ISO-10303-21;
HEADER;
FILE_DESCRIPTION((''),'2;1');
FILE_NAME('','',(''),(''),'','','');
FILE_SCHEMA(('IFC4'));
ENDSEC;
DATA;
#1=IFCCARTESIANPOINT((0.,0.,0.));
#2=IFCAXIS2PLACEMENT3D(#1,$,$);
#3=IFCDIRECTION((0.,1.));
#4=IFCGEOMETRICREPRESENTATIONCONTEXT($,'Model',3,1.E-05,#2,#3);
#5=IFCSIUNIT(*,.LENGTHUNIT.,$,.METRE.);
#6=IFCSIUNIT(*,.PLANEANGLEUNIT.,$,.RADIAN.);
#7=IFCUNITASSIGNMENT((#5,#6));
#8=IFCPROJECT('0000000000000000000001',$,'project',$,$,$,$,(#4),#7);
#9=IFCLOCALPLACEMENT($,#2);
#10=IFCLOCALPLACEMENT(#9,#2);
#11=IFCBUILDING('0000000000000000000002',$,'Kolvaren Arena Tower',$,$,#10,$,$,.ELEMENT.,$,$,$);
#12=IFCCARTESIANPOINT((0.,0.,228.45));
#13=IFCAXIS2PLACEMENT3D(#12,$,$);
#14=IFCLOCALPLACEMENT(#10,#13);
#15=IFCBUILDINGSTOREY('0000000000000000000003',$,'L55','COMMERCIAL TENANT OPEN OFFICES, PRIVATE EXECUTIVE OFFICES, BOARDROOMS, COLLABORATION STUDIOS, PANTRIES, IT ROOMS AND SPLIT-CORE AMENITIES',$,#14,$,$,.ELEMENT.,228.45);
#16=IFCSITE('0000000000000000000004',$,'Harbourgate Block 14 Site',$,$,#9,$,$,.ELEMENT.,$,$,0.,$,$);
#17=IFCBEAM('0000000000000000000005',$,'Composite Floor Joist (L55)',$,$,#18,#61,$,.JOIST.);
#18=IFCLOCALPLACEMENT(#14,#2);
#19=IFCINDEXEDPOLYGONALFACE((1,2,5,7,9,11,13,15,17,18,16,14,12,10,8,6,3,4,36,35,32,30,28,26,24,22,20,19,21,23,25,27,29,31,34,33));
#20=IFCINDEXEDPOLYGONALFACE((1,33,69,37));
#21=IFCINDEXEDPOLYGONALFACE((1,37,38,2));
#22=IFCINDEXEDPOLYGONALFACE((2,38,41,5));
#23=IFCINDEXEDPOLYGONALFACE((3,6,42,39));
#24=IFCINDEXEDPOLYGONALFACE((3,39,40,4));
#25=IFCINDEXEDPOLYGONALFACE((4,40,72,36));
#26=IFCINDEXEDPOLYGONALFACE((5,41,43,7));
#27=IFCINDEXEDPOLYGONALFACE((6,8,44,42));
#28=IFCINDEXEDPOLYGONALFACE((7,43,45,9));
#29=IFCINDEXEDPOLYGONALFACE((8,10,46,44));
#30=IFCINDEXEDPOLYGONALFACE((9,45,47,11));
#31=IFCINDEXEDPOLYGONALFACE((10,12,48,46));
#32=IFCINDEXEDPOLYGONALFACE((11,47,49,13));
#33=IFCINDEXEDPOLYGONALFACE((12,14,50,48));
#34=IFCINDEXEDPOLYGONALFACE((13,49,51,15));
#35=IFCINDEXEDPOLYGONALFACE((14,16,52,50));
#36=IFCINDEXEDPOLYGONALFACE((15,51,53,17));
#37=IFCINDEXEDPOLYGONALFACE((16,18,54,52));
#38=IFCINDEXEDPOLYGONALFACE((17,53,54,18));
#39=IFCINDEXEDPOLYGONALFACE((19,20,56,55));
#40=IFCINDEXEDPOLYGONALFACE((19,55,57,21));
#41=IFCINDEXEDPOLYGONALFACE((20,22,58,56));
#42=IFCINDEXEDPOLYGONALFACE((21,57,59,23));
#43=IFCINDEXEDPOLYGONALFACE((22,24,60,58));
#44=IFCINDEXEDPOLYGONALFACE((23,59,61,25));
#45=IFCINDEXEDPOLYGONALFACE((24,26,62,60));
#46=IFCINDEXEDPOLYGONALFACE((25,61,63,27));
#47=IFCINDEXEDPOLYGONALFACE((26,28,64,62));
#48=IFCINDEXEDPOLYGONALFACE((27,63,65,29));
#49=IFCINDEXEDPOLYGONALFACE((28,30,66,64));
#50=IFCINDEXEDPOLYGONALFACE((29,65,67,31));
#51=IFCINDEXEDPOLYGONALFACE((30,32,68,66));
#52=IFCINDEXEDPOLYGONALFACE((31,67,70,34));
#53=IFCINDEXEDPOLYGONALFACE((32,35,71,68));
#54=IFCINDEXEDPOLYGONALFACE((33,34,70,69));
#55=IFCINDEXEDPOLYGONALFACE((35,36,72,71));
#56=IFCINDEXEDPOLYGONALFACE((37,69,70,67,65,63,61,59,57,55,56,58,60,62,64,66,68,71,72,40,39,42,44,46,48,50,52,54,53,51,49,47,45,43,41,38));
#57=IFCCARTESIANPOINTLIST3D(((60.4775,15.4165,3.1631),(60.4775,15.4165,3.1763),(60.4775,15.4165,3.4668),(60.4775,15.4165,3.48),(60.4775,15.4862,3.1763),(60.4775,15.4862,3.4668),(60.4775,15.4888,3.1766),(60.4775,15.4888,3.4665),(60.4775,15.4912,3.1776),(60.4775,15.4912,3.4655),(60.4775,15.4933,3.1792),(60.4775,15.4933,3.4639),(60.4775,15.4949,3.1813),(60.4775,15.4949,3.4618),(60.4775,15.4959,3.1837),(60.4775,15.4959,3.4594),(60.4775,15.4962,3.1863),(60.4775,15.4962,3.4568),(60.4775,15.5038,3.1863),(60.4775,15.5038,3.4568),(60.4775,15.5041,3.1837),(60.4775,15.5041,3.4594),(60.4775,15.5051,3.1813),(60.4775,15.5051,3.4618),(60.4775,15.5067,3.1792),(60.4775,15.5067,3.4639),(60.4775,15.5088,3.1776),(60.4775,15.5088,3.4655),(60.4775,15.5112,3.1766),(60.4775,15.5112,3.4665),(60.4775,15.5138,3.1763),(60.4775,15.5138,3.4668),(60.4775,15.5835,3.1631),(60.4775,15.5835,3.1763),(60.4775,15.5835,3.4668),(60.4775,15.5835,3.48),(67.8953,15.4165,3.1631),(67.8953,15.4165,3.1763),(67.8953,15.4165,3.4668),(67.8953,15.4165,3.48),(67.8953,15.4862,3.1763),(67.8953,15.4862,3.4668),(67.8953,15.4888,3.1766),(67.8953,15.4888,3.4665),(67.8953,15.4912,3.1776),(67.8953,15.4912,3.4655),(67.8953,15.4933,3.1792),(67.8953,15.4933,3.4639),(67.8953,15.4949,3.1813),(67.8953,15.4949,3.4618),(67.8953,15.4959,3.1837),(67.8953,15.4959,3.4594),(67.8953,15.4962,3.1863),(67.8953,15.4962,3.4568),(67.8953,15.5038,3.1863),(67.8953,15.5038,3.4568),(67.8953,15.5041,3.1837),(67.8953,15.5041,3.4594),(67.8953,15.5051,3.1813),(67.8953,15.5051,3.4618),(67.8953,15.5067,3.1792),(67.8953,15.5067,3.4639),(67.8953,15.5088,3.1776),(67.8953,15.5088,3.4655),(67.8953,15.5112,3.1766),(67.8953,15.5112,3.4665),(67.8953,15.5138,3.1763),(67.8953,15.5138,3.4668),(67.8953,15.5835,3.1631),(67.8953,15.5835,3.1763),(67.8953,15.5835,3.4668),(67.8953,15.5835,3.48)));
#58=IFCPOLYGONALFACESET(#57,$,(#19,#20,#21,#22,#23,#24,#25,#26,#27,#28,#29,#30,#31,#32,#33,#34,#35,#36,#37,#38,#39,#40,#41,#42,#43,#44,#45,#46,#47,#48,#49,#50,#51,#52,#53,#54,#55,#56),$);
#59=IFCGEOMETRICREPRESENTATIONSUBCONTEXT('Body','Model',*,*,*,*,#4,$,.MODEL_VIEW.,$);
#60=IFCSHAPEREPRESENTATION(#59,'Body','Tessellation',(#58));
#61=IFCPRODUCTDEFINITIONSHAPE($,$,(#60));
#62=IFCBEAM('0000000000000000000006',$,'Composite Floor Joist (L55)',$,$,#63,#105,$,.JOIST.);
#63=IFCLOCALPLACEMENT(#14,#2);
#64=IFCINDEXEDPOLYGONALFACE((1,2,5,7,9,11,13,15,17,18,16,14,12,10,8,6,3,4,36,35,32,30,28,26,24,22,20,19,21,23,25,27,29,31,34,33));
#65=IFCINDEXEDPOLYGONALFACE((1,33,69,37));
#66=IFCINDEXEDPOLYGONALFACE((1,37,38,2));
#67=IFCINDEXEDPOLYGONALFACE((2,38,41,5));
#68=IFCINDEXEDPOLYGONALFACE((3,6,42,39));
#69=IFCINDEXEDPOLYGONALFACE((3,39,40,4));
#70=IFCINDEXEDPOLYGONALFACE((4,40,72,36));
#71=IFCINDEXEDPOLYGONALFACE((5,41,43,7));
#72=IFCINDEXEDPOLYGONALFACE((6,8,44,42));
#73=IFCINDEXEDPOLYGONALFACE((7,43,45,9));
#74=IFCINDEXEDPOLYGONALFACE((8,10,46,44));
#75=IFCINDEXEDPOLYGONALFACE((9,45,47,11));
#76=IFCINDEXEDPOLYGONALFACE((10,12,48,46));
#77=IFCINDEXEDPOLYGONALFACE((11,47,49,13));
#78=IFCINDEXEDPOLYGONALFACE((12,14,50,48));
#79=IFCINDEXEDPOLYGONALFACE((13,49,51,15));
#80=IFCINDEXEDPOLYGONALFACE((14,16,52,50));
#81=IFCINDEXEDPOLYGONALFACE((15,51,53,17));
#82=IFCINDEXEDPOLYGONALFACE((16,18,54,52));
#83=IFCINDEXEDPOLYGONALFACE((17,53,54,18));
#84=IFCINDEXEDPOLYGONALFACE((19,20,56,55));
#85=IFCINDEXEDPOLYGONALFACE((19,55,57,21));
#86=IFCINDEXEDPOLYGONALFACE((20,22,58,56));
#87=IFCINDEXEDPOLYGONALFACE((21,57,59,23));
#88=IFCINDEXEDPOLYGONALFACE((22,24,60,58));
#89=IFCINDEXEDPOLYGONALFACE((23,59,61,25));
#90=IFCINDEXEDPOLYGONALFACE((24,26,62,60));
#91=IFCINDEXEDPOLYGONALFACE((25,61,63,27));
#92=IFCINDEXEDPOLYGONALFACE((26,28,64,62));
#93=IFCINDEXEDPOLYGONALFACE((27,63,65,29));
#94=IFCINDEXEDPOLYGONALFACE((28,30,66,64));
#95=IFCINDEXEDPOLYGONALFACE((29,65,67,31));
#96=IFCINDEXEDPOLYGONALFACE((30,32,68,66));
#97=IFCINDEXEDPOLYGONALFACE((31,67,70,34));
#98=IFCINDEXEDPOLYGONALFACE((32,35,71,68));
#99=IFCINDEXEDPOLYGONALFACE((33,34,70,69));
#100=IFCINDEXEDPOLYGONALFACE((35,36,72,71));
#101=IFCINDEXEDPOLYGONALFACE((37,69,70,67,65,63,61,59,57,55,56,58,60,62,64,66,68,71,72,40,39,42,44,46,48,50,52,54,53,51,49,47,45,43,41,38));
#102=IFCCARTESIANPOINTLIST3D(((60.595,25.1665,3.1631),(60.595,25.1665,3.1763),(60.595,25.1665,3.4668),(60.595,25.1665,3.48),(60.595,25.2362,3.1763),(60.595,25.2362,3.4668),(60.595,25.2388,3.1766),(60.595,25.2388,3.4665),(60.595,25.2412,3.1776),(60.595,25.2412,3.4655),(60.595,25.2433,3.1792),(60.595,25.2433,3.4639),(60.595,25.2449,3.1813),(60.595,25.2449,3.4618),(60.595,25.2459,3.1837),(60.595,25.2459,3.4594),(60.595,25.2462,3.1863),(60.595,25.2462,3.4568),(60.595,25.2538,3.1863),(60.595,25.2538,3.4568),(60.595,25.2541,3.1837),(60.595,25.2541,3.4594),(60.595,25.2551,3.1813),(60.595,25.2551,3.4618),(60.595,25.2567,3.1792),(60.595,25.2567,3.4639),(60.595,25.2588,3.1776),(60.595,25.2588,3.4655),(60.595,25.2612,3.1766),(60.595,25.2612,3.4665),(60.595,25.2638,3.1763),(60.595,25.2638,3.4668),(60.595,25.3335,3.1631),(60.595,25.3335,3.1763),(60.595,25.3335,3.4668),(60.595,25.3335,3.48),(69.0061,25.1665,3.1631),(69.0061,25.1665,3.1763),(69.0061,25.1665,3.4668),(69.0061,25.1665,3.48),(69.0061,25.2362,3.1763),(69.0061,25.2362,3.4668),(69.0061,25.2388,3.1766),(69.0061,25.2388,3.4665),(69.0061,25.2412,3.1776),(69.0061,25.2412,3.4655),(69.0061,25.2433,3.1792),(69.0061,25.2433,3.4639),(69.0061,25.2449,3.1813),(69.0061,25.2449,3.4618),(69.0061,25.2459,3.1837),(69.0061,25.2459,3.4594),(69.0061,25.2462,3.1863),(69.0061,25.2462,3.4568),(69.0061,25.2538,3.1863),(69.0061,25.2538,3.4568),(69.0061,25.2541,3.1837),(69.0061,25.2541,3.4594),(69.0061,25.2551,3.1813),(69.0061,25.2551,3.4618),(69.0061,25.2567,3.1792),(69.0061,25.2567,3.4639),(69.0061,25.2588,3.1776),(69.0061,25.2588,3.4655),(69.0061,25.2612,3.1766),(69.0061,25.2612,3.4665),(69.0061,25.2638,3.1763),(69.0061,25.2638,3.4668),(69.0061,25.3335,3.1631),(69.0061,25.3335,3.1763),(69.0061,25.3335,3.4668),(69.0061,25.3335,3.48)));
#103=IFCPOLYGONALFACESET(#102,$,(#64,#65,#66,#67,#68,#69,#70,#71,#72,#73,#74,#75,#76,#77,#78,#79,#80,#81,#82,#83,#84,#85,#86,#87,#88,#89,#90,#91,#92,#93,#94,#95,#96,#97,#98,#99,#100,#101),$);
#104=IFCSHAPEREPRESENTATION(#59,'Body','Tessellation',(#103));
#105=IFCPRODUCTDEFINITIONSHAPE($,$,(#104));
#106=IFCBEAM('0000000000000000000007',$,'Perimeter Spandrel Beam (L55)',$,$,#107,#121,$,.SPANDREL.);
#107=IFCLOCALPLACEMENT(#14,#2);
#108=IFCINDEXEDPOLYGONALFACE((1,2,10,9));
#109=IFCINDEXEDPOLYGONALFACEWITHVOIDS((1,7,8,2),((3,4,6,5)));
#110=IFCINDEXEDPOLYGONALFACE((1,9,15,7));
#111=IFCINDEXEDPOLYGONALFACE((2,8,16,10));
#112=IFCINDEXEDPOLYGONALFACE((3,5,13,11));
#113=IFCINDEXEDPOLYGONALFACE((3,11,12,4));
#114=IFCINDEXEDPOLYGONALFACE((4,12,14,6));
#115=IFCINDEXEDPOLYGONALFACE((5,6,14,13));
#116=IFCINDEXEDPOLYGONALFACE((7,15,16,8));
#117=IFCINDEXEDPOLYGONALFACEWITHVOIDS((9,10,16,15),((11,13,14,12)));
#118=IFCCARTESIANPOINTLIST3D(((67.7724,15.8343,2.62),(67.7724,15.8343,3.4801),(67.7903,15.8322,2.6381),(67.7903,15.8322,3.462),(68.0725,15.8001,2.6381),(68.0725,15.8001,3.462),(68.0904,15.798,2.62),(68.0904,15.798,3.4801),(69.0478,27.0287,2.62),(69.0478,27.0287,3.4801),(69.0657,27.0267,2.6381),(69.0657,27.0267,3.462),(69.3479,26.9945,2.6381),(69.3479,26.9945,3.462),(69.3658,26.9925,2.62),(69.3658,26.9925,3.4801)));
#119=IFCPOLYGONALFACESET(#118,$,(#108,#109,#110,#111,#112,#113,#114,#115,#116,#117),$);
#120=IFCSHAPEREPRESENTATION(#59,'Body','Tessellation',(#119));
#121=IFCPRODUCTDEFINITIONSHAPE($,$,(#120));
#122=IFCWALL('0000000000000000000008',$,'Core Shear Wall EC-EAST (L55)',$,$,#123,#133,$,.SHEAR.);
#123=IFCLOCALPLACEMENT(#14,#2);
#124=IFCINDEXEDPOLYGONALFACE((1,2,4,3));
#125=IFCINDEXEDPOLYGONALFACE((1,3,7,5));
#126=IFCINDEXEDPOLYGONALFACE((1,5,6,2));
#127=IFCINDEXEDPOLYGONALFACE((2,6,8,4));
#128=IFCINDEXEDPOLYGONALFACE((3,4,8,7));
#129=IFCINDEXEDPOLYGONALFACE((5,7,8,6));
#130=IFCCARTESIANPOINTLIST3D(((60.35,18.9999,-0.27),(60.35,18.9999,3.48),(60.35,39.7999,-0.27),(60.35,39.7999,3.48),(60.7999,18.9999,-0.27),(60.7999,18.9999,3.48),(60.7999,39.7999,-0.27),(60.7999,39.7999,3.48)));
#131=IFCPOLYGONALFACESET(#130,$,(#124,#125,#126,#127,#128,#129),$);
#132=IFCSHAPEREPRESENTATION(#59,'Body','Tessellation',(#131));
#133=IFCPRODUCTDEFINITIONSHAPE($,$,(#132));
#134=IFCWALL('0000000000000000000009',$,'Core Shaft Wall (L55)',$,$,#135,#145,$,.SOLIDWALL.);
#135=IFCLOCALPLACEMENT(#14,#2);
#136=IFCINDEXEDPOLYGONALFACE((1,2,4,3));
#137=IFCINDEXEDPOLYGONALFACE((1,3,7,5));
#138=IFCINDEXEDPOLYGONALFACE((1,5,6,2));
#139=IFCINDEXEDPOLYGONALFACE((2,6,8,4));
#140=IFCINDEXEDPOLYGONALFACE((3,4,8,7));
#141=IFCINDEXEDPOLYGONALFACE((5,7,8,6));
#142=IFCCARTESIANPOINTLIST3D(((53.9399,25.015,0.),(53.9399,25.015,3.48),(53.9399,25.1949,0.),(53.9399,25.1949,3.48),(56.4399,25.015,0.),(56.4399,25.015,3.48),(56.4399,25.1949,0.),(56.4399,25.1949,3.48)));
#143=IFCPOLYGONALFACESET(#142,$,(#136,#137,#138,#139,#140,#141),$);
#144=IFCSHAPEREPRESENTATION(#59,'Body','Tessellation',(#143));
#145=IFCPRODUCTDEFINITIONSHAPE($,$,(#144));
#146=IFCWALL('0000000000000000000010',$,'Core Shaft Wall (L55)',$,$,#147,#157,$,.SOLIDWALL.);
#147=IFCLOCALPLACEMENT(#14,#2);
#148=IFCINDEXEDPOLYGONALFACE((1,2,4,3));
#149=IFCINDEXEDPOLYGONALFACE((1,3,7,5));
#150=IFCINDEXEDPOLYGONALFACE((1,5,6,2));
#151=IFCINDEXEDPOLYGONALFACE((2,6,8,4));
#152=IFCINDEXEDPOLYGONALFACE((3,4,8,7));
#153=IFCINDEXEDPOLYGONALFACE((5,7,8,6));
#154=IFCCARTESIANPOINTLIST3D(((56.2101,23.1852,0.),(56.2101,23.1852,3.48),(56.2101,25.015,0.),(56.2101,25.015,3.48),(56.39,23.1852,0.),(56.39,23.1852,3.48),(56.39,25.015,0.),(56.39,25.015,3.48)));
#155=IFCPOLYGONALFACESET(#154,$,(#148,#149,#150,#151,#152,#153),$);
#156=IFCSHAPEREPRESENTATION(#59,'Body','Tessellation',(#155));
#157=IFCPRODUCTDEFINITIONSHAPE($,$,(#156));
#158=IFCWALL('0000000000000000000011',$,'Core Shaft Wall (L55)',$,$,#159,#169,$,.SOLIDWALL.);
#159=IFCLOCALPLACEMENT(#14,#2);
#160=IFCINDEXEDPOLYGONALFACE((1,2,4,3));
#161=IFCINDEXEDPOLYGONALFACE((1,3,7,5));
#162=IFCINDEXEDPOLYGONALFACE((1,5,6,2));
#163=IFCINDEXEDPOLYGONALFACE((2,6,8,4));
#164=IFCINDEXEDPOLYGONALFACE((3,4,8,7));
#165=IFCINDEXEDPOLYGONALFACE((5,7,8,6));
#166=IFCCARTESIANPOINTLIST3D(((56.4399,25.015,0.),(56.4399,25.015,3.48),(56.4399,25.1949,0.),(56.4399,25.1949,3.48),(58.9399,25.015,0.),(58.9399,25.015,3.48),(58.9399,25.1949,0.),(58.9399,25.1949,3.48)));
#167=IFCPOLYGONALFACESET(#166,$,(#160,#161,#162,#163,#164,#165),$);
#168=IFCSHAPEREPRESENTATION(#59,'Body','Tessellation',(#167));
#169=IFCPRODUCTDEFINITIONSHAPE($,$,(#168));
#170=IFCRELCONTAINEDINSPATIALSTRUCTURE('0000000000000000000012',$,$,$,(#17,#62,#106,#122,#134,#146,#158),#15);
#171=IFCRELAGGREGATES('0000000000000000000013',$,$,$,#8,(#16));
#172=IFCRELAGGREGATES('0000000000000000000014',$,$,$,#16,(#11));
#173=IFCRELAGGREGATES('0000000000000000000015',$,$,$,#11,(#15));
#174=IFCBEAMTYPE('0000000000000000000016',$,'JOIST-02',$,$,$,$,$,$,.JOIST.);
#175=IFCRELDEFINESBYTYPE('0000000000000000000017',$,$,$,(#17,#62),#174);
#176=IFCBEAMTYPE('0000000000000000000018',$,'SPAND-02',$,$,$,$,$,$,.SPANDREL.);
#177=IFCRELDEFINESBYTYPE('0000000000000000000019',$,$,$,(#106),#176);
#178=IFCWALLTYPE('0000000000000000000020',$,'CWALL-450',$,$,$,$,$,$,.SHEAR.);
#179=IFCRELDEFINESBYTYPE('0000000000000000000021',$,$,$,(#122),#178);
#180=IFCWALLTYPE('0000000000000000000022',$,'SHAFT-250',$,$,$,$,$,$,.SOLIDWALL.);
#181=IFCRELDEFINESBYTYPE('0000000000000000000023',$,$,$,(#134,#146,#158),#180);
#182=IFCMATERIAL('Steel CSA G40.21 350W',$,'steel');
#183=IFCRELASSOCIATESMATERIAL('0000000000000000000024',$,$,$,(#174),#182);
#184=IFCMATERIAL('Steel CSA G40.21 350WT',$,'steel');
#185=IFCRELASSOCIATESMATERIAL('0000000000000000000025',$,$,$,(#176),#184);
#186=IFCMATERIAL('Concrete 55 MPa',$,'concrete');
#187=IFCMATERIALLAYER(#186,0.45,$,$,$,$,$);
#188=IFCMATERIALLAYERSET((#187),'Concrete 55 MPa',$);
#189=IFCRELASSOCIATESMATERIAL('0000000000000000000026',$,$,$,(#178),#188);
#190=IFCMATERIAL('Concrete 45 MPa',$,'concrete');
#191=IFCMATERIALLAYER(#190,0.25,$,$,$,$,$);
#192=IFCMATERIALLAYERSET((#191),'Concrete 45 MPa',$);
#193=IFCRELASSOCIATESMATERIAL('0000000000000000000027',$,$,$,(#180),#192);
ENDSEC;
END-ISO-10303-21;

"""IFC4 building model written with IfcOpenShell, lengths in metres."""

from ifc_helpers import new_model, si_unit, direction, frame, frame_2d, origin, origin_2d, place, context, subcontext, project, spatial, rectangle, hollow_rectangle, i_section, extrude, material, layer, layer_set, material_profile, profile_set, type_object, element, save


model = new_model("IFC4")

# Units and contexts
model_context = context("Model", 3, precision=1e-05, world=origin(), true_north=direction((0.0, 1.0)))
body_context = subcontext(model_context, "Body", "Model", "MODEL_VIEW")
ifc_project = project(units=[si_unit("LENGTHUNIT", "METRE"), si_unit("PLANEANGLEUNIT", "RADIAN")], contexts=[model_context])

# Site, building, storey
site_placement = place(None, origin())
site = spatial("IfcSite", under=ifc_project, at=site_placement, Name="Harbourgate Block 14 Site", CompositionType="ELEMENT", RefElevation=0.0)
building_placement = place(site_placement, origin())
building = spatial("IfcBuilding", under=site, at=building_placement, Name="Kolvaren Arena Tower", CompositionType="ELEMENT")
storey_placement = place(building_placement, frame((0.0, 0.0, 228.45)))
storey = spatial("IfcBuildingStorey", under=building, at=storey_placement, Name="L55", Description="COMMERCIAL TENANT OPEN OFFICES, PRIVATE EXECUTIVE OFFICES, BOARDROOMS, COLLABORATION STUDIOS, PANTRIES, IT ROOMS AND SPLIT-CORE AMENITIES", CompositionType="ELEMENT", Elevation=228.45)

# Beams
ifc_material_1 = material(Name="Steel CSA G40.21 350W", Category="steel")
ifc_material_profile_1 = material_profile(ifc_material_1, i_section(OverallWidth=0.167, OverallDepth=0.3169, WebThickness=0.0076, FlangeThickness=0.0132, FilletRadius=0.01, at=origin_2d()), Name="W310x52")
ifc_profile_set_1 = profile_set([ifc_material_profile_1], Name="Steel CSA G40.21 350W")
beam_type_1 = type_object("IfcBeamType", Name="JOIST-02", PredefinedType="JOIST", material=ifc_profile_set_1)
beam_1_placement = place(storey_placement, frame((60.4775, 15.5, 3.3215), z_axis=(1.0, 0.0, 0.0), x_axis=(0.0, 1.0, 0.0)))
element("IfcBeam", 1, at=beam_1_placement, inside=storey, type_object=beam_type_1, Name="Composite Floor Joist (L55)", PredefinedType="JOIST", context=body_context, shape_type="SweptSolid", body=[
    extrude(i_section(OverallWidth=0.167, OverallDepth=0.3169, WebThickness=0.0076, FlangeThickness=0.0132, FilletRadius=0.01, at=origin_2d()), origin(), (0.0, 0.0, 1.0), 7.4177),
])
beam_2_placement = place(storey_placement, frame((60.595, 25.25, 3.3215), z_axis=(1.0, 0.0, 0.0), x_axis=(0.0, 1.0, 0.0)))
element("IfcBeam", 2, at=beam_2_placement, inside=storey, type_object=beam_type_1, Name="Composite Floor Joist (L55)", PredefinedType="JOIST", context=body_context, shape_type="SweptSolid", body=[
    extrude(i_section(OverallWidth=0.167, OverallDepth=0.3169, WebThickness=0.0076, FlangeThickness=0.0132, FilletRadius=0.01, at=origin_2d()), origin(), (0.0, 0.0, 1.0), 8.4111),
])
ifc_material_2 = material(Name="Steel CSA G40.21 350WT", Category="steel")
ifc_material_profile_2 = material_profile(ifc_material_2, hollow_rectangle(XDim=0.3201, YDim=0.8601, WallThickness=0.0181, at=origin_2d()), Name="HSS 860x320x18")
ifc_profile_set_2 = profile_set([ifc_material_profile_2], Name="Steel CSA G40.21 350WT")
beam_type_2 = type_object("IfcBeamType", Name="SPAND-02", PredefinedType="SPANDREL", material=ifc_profile_set_2)
beam_3_placement = place(storey_placement, frame((67.9314, 15.8162, 3.05), z_axis=(0.113199, 0.993572, 0.0), x_axis=(-0.993572, 0.113199, 0.0)))
element("IfcBeam", 3, at=beam_3_placement, inside=storey, type_object=beam_type_2, Name="Perimeter Spandrel Beam (L55)", PredefinedType="SPANDREL", context=body_context, shape_type="SweptSolid", body=[
    extrude(hollow_rectangle(XDim=0.3201, YDim=0.8601, WallThickness=0.0181, at=origin_2d()), origin(), (0.0, 0.0, 1.0), 11.2668),
])

# Walls
ifc_material_3 = material(Name="Concrete 55 MPa", Category="concrete")
ifc_layer_1 = layer(ifc_material_3, 0.45)
ifc_layer_set_1 = layer_set([ifc_layer_1], Name="Concrete 55 MPa")
wall_type_1 = type_object("IfcWallType", Name="CWALL-450", PredefinedType="SHEAR", material=ifc_layer_set_1)
wall_1_placement = place(storey_placement, frame((60.575, 19.0, -0.27), z_axis=(0.0, 0.0, 1.0), x_axis=(0.0, 1.0, 0.0)))
element("IfcWall", 4, at=wall_1_placement, inside=storey, type_object=wall_type_1, Name="Core Shear Wall EC-EAST (L55)", PredefinedType="SHEAR", context=body_context, shape_type="SweptSolid", body=[
    extrude(rectangle(XDim=20.8, YDim=0.45, at=frame_2d((10.3999, 0.0))), origin(), (0.0, 0.0, 1.0), 3.75),
])
ifc_material_4 = material(Name="Concrete 45 MPa", Category="concrete")
ifc_layer_2 = layer(ifc_material_4, 0.25)
ifc_layer_set_2 = layer_set([ifc_layer_2], Name="Concrete 45 MPa")
wall_type_2 = type_object("IfcWallType", Name="SHAFT-250", PredefinedType="SOLIDWALL", material=ifc_layer_set_2)
wall_2_placement = place(storey_placement, frame((53.9399, 25.105, 0.0), z_axis=(0.0, 0.0, 1.0), x_axis=(1.0, 0.0, 0.0)))
element("IfcWall", 5, at=wall_2_placement, inside=storey, type_object=wall_type_2, Name="Core Shaft Wall (L55)", PredefinedType="SOLIDWALL", context=body_context, shape_type="SweptSolid", body=[
    extrude(rectangle(XDim=2.5, YDim=0.1799, at=frame_2d((1.25, 0.0))), origin(), (0.0, 0.0, 1.0), 3.48),
])
wall_3_placement = place(storey_placement, frame((56.3, 23.1851, 0.0), z_axis=(0.0, 0.0, 1.0), x_axis=(0.0, 1.0, 0.0)))
element("IfcWall", 6, at=wall_3_placement, inside=storey, type_object=wall_type_2, Name="Core Shaft Wall (L55)", PredefinedType="SOLIDWALL", context=body_context, shape_type="SweptSolid", body=[
    extrude(rectangle(XDim=1.8298, YDim=0.1799, at=frame_2d((0.915, 0.0))), origin(), (0.0, 0.0, 1.0), 3.48),
])
wall_4_placement = place(storey_placement, frame((56.4399, 25.105, 0.0), z_axis=(0.0, 0.0, 1.0), x_axis=(1.0, 0.0, 0.0)))
element("IfcWall", 7, at=wall_4_placement, inside=storey, type_object=wall_type_2, Name="Core Shaft Wall (L55)", PredefinedType="SOLIDWALL", context=body_context, shape_type="SweptSolid", body=[
    extrude(rectangle(XDim=2.5, YDim=0.1799, at=frame_2d((1.25, 0.0))), origin(), (0.0, 0.0, 1.0), 3.48),
])

save(model, "model.ifc")
